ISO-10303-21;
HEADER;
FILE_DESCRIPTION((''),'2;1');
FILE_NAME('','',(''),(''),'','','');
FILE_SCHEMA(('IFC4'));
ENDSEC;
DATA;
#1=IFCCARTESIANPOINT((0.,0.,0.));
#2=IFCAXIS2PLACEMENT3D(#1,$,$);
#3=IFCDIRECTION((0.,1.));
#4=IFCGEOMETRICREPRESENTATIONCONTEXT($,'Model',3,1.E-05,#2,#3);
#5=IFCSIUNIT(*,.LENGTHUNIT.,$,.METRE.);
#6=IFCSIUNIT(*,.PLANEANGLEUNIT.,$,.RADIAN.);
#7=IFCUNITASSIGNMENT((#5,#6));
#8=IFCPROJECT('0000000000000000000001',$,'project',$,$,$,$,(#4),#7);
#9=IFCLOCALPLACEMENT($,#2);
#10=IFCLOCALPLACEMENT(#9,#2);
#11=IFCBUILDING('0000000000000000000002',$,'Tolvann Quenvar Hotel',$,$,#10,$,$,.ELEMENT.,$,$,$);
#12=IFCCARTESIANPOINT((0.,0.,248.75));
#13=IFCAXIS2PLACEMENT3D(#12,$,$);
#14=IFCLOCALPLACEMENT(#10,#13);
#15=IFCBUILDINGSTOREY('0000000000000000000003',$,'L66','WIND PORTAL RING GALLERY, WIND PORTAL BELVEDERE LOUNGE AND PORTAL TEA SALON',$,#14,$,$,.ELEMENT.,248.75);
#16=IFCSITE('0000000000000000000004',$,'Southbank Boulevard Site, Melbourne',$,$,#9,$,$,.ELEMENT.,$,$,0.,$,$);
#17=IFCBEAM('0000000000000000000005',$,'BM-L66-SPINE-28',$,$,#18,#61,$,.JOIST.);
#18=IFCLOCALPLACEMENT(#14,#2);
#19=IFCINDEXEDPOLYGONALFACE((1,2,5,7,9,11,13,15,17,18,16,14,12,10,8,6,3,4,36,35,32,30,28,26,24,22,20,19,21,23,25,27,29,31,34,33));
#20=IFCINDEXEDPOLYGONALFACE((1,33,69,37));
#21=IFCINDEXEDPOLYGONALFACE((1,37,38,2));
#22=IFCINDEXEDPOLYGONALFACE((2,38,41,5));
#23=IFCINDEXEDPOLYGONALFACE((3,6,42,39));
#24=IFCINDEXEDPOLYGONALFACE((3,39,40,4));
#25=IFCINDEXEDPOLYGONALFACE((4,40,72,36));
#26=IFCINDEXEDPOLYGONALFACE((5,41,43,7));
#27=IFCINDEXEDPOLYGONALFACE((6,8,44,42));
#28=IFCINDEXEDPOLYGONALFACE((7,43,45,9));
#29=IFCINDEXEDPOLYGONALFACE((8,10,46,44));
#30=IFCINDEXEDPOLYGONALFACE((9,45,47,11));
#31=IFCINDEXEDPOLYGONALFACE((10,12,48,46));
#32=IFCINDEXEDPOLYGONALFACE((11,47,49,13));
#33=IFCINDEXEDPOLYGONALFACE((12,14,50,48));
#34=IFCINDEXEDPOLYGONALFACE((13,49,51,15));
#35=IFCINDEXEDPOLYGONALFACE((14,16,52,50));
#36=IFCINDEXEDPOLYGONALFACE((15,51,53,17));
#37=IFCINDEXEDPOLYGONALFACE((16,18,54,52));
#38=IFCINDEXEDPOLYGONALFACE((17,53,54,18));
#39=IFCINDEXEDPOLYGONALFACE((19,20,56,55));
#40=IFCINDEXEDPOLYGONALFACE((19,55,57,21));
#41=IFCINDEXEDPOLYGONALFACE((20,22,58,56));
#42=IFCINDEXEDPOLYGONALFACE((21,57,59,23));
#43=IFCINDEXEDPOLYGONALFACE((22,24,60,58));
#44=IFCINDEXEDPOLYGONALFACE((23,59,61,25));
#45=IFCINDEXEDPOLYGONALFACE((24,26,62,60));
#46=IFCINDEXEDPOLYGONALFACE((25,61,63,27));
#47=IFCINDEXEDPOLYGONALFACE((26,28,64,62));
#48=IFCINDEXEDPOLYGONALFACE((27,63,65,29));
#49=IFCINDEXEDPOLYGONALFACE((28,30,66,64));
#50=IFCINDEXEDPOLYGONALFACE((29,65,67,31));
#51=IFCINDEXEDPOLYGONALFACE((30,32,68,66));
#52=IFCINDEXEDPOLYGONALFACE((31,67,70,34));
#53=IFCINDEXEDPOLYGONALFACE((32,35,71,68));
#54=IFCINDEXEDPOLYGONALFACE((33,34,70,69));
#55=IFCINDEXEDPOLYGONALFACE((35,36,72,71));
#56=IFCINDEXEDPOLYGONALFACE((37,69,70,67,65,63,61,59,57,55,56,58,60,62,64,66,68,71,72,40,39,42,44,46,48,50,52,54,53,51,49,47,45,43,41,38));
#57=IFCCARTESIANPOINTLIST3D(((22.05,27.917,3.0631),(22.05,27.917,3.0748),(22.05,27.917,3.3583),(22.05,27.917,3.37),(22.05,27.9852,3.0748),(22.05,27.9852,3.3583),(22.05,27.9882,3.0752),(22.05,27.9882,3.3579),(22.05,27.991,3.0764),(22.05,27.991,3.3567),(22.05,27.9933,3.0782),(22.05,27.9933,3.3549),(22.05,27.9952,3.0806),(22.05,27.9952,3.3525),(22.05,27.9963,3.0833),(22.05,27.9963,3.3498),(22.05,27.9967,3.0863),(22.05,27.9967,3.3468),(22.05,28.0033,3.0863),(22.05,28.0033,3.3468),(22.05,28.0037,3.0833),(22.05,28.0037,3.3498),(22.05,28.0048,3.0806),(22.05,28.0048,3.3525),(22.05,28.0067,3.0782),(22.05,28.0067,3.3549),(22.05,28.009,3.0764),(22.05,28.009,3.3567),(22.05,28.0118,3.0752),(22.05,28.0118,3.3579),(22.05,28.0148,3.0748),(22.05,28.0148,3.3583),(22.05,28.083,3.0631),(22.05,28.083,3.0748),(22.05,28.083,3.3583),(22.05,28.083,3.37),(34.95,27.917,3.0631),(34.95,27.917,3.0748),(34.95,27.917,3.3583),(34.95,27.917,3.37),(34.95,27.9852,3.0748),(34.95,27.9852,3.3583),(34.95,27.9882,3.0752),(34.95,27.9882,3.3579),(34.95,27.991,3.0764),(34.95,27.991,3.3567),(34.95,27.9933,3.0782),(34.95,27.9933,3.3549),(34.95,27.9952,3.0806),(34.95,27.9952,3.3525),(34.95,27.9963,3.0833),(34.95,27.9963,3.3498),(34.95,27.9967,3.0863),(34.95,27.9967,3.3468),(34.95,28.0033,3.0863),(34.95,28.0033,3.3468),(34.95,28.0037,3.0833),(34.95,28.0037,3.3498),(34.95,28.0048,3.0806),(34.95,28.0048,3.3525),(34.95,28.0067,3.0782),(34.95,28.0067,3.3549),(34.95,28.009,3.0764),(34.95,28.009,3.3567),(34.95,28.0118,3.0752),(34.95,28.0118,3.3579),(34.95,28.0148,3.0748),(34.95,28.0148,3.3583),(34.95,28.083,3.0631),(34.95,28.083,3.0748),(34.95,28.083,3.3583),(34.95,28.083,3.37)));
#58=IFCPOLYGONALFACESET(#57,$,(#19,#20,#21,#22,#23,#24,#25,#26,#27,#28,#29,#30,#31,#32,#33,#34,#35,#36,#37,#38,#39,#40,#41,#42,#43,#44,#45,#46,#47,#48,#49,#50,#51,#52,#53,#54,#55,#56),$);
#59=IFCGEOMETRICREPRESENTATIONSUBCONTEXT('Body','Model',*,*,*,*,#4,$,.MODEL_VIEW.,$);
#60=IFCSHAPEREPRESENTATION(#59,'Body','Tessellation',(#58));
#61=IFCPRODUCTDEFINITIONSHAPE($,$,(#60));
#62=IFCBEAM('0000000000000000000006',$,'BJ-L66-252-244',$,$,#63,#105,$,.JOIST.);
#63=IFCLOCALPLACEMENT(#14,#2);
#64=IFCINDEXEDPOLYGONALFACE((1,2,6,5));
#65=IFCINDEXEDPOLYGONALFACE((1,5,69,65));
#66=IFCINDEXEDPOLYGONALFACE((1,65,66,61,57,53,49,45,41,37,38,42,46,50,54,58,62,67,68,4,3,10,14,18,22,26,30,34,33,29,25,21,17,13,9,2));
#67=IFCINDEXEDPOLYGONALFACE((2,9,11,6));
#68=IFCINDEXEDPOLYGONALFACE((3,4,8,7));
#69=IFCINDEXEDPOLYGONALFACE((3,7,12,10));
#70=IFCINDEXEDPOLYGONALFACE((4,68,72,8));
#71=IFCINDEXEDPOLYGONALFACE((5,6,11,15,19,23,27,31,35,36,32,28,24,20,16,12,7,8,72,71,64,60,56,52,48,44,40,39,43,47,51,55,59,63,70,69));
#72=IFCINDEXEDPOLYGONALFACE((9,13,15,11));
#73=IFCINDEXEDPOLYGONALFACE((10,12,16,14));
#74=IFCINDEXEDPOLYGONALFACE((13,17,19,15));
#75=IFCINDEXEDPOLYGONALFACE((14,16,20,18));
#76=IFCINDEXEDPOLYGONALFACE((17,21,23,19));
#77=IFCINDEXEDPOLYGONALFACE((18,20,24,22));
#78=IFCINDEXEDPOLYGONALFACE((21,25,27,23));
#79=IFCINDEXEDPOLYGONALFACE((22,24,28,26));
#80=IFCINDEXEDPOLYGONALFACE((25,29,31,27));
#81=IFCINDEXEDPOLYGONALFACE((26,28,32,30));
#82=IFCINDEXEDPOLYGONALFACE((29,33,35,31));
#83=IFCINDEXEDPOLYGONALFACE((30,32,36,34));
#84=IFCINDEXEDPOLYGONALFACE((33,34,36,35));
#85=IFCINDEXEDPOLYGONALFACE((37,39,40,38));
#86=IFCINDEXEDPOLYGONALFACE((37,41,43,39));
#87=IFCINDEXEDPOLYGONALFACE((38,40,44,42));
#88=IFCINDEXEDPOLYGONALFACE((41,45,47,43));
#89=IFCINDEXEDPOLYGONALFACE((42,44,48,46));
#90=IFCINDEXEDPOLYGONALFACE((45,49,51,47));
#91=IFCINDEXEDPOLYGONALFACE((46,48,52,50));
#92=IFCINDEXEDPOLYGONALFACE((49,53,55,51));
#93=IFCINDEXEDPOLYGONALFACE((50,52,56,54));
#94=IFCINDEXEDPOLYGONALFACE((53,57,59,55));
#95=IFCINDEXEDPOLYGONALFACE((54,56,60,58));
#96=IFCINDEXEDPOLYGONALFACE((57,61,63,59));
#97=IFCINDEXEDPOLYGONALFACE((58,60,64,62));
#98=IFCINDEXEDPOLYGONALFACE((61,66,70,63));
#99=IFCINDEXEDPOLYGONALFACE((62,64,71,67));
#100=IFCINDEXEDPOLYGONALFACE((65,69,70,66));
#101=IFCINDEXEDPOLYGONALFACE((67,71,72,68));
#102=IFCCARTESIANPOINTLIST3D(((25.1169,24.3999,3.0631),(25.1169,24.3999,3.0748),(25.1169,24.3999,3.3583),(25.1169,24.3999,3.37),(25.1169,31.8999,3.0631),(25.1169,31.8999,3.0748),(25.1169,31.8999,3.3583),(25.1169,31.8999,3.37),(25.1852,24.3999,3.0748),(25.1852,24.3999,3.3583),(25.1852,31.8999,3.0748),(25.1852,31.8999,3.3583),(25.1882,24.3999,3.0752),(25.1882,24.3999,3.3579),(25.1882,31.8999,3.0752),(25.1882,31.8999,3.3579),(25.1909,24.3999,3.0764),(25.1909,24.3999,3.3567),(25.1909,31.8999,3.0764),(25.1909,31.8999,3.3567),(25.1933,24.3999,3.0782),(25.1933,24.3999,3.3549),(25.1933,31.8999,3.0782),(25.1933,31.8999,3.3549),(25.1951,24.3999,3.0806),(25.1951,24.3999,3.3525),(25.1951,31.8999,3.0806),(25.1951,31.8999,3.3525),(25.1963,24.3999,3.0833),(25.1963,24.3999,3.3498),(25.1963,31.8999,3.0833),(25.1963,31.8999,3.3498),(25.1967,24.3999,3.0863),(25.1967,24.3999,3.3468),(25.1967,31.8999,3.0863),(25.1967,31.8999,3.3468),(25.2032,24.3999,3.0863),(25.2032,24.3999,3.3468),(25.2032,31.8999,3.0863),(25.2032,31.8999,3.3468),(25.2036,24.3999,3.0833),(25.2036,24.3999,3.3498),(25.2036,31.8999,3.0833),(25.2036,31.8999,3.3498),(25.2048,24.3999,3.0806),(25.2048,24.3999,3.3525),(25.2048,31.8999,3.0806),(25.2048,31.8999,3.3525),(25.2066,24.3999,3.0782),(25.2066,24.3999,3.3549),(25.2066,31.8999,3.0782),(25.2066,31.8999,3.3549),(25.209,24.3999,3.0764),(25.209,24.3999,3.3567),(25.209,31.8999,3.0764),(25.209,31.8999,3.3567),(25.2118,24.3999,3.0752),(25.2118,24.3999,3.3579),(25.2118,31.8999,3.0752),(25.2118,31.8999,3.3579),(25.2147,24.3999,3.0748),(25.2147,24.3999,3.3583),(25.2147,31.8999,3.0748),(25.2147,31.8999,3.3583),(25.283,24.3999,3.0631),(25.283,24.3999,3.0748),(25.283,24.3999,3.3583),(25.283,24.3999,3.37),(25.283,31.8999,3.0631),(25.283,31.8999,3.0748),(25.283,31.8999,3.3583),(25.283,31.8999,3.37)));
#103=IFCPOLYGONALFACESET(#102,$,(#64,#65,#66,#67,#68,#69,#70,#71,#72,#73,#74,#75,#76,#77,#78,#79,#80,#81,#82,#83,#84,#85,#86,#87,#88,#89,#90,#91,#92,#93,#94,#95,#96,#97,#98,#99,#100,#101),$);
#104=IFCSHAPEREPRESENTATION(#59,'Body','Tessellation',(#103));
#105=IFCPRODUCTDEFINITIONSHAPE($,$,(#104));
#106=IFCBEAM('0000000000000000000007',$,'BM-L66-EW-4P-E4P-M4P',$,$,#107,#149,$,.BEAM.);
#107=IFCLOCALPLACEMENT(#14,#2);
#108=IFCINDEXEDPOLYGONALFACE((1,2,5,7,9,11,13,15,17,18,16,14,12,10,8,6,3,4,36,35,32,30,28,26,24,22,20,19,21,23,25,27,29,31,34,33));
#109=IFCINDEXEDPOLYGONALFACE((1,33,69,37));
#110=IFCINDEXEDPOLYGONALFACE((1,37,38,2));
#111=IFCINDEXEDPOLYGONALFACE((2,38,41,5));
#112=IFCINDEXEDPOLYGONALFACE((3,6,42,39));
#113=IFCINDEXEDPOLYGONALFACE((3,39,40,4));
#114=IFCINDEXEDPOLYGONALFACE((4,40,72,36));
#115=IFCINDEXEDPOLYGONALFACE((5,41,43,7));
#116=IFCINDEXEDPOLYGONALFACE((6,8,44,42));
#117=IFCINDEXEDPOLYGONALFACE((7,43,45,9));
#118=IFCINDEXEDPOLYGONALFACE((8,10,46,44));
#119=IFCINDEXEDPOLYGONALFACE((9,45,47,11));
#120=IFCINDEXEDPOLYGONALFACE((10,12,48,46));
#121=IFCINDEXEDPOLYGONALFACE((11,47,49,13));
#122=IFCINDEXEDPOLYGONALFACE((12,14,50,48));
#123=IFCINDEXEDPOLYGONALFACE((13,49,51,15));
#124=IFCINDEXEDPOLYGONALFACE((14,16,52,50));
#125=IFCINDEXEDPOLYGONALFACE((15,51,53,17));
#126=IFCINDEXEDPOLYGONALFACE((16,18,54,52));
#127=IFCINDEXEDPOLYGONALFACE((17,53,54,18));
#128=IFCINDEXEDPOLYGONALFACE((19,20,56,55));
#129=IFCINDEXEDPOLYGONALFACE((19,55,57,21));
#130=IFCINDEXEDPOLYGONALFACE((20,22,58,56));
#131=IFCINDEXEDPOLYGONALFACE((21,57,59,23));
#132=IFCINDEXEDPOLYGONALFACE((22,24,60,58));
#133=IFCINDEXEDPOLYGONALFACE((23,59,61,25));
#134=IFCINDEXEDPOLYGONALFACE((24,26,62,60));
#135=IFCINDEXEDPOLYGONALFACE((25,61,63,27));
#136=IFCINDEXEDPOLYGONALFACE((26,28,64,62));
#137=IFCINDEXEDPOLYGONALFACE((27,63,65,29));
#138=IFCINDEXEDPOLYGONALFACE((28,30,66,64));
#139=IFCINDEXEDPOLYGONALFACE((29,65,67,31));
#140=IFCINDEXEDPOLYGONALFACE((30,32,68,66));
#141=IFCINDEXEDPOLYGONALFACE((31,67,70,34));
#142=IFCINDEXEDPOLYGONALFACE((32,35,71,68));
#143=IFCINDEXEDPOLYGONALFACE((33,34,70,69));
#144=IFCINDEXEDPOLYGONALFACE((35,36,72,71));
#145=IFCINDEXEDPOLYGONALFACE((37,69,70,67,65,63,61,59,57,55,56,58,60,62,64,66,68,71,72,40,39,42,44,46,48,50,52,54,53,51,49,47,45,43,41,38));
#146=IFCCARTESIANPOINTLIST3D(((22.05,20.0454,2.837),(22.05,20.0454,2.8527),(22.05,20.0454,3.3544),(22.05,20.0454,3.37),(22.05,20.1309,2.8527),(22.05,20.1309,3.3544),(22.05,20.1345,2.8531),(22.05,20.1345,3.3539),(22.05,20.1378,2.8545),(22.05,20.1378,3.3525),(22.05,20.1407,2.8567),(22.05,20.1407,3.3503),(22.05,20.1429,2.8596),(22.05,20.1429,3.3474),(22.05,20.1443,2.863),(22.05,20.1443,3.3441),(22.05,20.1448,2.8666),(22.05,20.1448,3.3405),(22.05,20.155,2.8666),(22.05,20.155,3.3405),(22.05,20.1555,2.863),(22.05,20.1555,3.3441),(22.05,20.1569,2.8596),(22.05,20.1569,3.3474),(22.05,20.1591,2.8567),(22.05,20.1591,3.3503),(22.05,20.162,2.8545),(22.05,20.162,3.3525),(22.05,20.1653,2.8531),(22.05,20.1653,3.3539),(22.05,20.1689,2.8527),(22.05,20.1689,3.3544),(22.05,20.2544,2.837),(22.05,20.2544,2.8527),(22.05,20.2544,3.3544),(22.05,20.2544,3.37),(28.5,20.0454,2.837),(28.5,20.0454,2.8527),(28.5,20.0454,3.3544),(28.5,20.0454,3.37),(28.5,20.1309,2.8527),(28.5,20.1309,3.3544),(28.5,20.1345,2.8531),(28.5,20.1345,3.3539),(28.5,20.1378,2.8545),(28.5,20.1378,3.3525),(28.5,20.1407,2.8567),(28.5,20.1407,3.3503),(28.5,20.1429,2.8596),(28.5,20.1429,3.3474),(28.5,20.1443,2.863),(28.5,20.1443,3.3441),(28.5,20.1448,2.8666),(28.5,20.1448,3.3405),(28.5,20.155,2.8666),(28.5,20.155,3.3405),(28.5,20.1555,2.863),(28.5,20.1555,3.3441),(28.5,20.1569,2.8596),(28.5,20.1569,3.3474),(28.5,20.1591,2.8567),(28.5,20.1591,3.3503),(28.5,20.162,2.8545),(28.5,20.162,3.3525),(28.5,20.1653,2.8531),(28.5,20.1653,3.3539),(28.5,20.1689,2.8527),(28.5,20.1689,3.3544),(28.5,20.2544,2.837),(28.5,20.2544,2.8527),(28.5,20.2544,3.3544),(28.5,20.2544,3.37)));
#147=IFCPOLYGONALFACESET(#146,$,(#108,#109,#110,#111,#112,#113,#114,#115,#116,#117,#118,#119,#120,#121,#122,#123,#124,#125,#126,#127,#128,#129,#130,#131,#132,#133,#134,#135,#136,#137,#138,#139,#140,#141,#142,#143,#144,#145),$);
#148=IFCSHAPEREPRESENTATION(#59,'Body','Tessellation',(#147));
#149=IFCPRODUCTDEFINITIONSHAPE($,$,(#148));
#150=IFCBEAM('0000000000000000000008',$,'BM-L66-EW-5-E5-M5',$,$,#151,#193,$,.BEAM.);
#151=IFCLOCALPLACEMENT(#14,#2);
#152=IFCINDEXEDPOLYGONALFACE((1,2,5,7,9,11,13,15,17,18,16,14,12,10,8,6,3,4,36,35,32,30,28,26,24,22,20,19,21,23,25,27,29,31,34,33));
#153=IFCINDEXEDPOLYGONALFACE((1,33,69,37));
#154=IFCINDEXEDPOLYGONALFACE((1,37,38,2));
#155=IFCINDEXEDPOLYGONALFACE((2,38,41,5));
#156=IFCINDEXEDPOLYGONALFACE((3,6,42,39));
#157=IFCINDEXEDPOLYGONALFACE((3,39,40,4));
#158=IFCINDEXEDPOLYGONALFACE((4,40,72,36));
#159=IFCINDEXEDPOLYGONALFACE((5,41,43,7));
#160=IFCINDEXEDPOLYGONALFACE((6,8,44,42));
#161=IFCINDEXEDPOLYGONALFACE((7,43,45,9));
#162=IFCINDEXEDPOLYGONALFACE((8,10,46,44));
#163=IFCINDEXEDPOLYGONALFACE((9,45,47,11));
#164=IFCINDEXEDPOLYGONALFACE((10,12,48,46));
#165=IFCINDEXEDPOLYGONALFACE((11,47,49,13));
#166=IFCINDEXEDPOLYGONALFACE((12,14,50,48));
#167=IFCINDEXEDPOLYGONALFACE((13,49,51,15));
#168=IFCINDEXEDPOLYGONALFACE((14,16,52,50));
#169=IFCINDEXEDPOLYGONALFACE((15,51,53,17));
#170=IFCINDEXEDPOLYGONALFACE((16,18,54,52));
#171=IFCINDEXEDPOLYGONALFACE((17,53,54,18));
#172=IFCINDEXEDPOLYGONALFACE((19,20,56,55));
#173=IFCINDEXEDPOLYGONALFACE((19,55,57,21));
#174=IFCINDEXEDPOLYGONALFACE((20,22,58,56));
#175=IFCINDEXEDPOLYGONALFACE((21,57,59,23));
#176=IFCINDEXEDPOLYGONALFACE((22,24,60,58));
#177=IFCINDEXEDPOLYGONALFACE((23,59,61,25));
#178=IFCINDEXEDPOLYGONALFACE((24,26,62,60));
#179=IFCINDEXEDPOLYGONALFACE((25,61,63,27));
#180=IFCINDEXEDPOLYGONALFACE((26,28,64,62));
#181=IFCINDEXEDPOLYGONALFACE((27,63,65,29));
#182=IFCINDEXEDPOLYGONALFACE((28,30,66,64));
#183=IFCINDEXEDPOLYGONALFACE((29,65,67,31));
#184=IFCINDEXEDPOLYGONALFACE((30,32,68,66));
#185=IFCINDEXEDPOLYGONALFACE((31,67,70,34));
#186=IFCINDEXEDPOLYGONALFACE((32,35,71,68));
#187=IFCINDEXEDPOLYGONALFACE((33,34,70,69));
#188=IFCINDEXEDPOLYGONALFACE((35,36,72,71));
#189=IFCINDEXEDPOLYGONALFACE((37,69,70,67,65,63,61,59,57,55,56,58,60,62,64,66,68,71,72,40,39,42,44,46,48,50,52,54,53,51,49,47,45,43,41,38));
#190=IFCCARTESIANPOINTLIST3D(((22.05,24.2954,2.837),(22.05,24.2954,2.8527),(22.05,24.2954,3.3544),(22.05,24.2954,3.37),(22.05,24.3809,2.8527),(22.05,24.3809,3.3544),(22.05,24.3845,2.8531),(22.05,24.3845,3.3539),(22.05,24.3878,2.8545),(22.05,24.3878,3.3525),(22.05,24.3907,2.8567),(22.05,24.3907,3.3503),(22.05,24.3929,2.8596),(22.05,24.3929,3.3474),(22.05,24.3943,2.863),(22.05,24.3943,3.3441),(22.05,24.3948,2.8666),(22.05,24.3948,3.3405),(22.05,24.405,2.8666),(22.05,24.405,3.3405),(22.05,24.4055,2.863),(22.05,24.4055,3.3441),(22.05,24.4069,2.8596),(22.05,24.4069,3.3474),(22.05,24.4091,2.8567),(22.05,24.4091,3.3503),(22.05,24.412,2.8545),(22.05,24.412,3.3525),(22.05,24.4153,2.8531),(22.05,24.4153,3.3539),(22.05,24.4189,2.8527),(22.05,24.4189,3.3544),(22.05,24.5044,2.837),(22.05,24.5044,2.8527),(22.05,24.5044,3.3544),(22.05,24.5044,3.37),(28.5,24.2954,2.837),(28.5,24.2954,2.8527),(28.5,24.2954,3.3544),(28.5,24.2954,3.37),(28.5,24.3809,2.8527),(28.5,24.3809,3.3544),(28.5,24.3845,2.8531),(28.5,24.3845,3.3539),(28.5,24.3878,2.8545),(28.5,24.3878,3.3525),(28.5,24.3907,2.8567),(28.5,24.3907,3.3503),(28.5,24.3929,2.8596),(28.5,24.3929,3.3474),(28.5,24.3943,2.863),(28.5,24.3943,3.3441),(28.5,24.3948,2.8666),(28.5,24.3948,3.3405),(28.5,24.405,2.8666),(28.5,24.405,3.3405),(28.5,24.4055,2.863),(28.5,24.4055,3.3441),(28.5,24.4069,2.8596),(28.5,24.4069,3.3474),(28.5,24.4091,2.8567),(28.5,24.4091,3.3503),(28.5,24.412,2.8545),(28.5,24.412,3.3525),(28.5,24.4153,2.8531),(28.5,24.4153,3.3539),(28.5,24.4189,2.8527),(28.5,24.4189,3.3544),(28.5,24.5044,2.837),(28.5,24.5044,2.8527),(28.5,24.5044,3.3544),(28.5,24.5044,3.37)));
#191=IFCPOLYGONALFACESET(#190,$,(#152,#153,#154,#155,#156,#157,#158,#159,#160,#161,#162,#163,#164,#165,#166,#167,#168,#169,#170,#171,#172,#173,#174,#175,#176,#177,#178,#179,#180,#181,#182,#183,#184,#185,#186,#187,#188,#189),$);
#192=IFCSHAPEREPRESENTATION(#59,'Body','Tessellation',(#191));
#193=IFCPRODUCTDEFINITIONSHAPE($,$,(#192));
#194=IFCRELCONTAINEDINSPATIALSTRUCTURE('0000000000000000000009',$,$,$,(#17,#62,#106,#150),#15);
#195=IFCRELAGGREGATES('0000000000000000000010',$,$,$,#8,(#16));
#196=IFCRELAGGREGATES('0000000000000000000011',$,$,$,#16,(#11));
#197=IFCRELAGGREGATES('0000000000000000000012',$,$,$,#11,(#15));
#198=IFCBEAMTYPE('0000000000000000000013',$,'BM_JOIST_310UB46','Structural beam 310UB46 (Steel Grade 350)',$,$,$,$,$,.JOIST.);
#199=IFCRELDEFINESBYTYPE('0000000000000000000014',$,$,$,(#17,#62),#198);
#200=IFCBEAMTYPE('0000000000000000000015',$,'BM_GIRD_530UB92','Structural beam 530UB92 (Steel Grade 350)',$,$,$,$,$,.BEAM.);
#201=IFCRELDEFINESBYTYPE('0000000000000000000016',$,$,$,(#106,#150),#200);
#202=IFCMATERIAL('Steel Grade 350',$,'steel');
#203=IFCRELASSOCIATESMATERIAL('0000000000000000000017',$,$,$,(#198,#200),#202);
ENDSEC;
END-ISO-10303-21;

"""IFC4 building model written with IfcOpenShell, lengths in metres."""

from ifc_helpers import new_model, si_unit, direction, frame, origin, origin_2d, place, context, subcontext, project, spatial, i_section, extrude, source, transform, mapped, material, material_profile, profile_set, type_object, type_shapes, element, save


model = new_model("IFC4")

# Units and contexts
model_context = context("Model", 3, precision=1e-05, world=origin(), true_north=direction((0.0, 1.0)))
body_context = subcontext(model_context, "Body", "Model", "MODEL_VIEW")
ifc_project = project(units=[si_unit("LENGTHUNIT", "METRE"), si_unit("PLANEANGLEUNIT", "RADIAN")], contexts=[model_context])

# Site, building, storey
site_placement = place(None, origin())
site = spatial("IfcSite", under=ifc_project, at=site_placement, Name="Southbank Boulevard Site, Melbourne", CompositionType="ELEMENT", RefElevation=0.0)
building_placement = place(site_placement, origin())
building = spatial("IfcBuilding", under=site, at=building_placement, Name="Tolvann Quenvar Hotel", CompositionType="ELEMENT")
storey_placement = place(building_placement, frame((0.0, 0.0, 248.75)))
storey = spatial("IfcBuildingStorey", under=building, at=storey_placement, Name="L66", Description="WIND PORTAL RING GALLERY, WIND PORTAL BELVEDERE LOUNGE AND PORTAL TEA SALON", CompositionType="ELEMENT", Elevation=248.75)

# Shared definitions
ifc_material_1 = material(Name="Steel Grade 350", Category="steel")

# Beams
ifc_material_profile_1 = material_profile(ifc_material_1, i_section(OverallWidth=0.166, OverallDepth=0.3069, WebThickness=0.0066, FlangeThickness=0.0117, FilletRadius=0.0115, at=origin_2d()), Name="310UB46")
ifc_profile_set_1 = profile_set([ifc_material_profile_1], Name="Steel Grade 350")
beam_type_1 = type_object("IfcBeamType", Name="BM_JOIST_310UB46", Description="Structural beam 310UB46 (Steel Grade 350)", PredefinedType="JOIST", material=ifc_profile_set_1)
shared_shape_1 = source(origin(), body_context, "Body", "SweptSolid", [
    extrude(i_section(OverallWidth=0.166, OverallDepth=0.3069, WebThickness=0.0066, FlangeThickness=0.0117, FilletRadius=0.0115, at=origin_2d()), origin(), (0.0, 0.0, 1.0), 12.8999),
])
beam_1_placement = place(storey_placement, frame((22.05, 28.0, 3.2166), z_axis=(1.0, 0.0, 0.0), x_axis=(0.0, 1.0, 0.0)))
element("IfcBeam", 1, at=beam_1_placement, inside=storey, type_object=beam_type_1, Name="BM-L66-SPINE-28", PredefinedType="JOIST", context=body_context, shape_type="MappedRepresentation", body=[
    mapped(shared_shape_1, transform((0.0, 0.0, 0.0), x_axis=(1.0, 0.0, 0.0), y_axis=(0.0, 1.0, 0.0), z_axis=(0.0, 0.0, 1.0), scale=1.0)),
])
shared_shape_2 = source(origin(), body_context, "Body", "SweptSolid", [
    extrude(i_section(OverallWidth=0.166, OverallDepth=0.3069, WebThickness=0.0066, FlangeThickness=0.0117, FilletRadius=0.0115, at=origin_2d()), origin(), (0.0, 0.0, 1.0), 7.5),
])
type_shapes(beam_type_1, [shared_shape_1, shared_shape_2])
beam_2_placement = place(storey_placement, frame((25.2, 24.3999, 3.2166), z_axis=(0.0, 1.0, 0.0), x_axis=(-1.0, 0.0, 0.0)))
element("IfcBeam", 2, at=beam_2_placement, inside=storey, type_object=beam_type_1, Name="BJ-L66-252-244", PredefinedType="JOIST", context=body_context, shape_type="MappedRepresentation", body=[
    mapped(shared_shape_2, transform((0.0, 0.0, 0.0), x_axis=(1.0, 0.0, 0.0), y_axis=(0.0, 1.0, 0.0), z_axis=(0.0, 0.0, 1.0), scale=1.0)),
])
ifc_material_profile_2 = material_profile(ifc_material_1, i_section(OverallWidth=0.209, OverallDepth=0.533, WebThickness=0.0103, FlangeThickness=0.0156, FilletRadius=0.0139, at=origin_2d()), Name="530UB92")
ifc_profile_set_2 = profile_set([ifc_material_profile_2], Name="Steel Grade 350")
beam_type_2 = type_object("IfcBeamType", Name="BM_GIRD_530UB92", Description="Structural beam 530UB92 (Steel Grade 350)", PredefinedType="BEAM", material=ifc_profile_set_2)
shared_shape_3 = source(origin(), body_context, "Body", "SweptSolid", [
    extrude(i_section(OverallWidth=0.209, OverallDepth=0.533, WebThickness=0.0103, FlangeThickness=0.0156, FilletRadius=0.0139, at=origin_2d()), origin(), (0.0, 0.0, 1.0), 6.45),
])
for number, where, z_axis, x_axis, name in (
    (3, (22.05, 20.1499, 3.1035), (1.0, 0.0, 0.0), (0.0, 1.0, 0.0), "BM-L66-EW-4P-E4P-M4P"),
    (4, (22.05, 24.3999, 3.1035), (1.0, 0.0, 0.0), (0.0, 1.0, 0.0), "BM-L66-EW-5-E5-M5"),
):
    element("IfcBeam", number, at=place(storey_placement, frame(where, z_axis=z_axis, x_axis=x_axis)), inside=storey, type_object=beam_type_2, Name=name, PredefinedType="BEAM", context=body_context, shape_type="MappedRepresentation", body=[
        mapped(shared_shape_3, transform((0.0, 0.0, 0.0), x_axis=(1.0, 0.0, 0.0), y_axis=(0.0, 1.0, 0.0), z_axis=(0.0, 0.0, 1.0), scale=1.0)),
    ])

save(model, "model.ifc")
